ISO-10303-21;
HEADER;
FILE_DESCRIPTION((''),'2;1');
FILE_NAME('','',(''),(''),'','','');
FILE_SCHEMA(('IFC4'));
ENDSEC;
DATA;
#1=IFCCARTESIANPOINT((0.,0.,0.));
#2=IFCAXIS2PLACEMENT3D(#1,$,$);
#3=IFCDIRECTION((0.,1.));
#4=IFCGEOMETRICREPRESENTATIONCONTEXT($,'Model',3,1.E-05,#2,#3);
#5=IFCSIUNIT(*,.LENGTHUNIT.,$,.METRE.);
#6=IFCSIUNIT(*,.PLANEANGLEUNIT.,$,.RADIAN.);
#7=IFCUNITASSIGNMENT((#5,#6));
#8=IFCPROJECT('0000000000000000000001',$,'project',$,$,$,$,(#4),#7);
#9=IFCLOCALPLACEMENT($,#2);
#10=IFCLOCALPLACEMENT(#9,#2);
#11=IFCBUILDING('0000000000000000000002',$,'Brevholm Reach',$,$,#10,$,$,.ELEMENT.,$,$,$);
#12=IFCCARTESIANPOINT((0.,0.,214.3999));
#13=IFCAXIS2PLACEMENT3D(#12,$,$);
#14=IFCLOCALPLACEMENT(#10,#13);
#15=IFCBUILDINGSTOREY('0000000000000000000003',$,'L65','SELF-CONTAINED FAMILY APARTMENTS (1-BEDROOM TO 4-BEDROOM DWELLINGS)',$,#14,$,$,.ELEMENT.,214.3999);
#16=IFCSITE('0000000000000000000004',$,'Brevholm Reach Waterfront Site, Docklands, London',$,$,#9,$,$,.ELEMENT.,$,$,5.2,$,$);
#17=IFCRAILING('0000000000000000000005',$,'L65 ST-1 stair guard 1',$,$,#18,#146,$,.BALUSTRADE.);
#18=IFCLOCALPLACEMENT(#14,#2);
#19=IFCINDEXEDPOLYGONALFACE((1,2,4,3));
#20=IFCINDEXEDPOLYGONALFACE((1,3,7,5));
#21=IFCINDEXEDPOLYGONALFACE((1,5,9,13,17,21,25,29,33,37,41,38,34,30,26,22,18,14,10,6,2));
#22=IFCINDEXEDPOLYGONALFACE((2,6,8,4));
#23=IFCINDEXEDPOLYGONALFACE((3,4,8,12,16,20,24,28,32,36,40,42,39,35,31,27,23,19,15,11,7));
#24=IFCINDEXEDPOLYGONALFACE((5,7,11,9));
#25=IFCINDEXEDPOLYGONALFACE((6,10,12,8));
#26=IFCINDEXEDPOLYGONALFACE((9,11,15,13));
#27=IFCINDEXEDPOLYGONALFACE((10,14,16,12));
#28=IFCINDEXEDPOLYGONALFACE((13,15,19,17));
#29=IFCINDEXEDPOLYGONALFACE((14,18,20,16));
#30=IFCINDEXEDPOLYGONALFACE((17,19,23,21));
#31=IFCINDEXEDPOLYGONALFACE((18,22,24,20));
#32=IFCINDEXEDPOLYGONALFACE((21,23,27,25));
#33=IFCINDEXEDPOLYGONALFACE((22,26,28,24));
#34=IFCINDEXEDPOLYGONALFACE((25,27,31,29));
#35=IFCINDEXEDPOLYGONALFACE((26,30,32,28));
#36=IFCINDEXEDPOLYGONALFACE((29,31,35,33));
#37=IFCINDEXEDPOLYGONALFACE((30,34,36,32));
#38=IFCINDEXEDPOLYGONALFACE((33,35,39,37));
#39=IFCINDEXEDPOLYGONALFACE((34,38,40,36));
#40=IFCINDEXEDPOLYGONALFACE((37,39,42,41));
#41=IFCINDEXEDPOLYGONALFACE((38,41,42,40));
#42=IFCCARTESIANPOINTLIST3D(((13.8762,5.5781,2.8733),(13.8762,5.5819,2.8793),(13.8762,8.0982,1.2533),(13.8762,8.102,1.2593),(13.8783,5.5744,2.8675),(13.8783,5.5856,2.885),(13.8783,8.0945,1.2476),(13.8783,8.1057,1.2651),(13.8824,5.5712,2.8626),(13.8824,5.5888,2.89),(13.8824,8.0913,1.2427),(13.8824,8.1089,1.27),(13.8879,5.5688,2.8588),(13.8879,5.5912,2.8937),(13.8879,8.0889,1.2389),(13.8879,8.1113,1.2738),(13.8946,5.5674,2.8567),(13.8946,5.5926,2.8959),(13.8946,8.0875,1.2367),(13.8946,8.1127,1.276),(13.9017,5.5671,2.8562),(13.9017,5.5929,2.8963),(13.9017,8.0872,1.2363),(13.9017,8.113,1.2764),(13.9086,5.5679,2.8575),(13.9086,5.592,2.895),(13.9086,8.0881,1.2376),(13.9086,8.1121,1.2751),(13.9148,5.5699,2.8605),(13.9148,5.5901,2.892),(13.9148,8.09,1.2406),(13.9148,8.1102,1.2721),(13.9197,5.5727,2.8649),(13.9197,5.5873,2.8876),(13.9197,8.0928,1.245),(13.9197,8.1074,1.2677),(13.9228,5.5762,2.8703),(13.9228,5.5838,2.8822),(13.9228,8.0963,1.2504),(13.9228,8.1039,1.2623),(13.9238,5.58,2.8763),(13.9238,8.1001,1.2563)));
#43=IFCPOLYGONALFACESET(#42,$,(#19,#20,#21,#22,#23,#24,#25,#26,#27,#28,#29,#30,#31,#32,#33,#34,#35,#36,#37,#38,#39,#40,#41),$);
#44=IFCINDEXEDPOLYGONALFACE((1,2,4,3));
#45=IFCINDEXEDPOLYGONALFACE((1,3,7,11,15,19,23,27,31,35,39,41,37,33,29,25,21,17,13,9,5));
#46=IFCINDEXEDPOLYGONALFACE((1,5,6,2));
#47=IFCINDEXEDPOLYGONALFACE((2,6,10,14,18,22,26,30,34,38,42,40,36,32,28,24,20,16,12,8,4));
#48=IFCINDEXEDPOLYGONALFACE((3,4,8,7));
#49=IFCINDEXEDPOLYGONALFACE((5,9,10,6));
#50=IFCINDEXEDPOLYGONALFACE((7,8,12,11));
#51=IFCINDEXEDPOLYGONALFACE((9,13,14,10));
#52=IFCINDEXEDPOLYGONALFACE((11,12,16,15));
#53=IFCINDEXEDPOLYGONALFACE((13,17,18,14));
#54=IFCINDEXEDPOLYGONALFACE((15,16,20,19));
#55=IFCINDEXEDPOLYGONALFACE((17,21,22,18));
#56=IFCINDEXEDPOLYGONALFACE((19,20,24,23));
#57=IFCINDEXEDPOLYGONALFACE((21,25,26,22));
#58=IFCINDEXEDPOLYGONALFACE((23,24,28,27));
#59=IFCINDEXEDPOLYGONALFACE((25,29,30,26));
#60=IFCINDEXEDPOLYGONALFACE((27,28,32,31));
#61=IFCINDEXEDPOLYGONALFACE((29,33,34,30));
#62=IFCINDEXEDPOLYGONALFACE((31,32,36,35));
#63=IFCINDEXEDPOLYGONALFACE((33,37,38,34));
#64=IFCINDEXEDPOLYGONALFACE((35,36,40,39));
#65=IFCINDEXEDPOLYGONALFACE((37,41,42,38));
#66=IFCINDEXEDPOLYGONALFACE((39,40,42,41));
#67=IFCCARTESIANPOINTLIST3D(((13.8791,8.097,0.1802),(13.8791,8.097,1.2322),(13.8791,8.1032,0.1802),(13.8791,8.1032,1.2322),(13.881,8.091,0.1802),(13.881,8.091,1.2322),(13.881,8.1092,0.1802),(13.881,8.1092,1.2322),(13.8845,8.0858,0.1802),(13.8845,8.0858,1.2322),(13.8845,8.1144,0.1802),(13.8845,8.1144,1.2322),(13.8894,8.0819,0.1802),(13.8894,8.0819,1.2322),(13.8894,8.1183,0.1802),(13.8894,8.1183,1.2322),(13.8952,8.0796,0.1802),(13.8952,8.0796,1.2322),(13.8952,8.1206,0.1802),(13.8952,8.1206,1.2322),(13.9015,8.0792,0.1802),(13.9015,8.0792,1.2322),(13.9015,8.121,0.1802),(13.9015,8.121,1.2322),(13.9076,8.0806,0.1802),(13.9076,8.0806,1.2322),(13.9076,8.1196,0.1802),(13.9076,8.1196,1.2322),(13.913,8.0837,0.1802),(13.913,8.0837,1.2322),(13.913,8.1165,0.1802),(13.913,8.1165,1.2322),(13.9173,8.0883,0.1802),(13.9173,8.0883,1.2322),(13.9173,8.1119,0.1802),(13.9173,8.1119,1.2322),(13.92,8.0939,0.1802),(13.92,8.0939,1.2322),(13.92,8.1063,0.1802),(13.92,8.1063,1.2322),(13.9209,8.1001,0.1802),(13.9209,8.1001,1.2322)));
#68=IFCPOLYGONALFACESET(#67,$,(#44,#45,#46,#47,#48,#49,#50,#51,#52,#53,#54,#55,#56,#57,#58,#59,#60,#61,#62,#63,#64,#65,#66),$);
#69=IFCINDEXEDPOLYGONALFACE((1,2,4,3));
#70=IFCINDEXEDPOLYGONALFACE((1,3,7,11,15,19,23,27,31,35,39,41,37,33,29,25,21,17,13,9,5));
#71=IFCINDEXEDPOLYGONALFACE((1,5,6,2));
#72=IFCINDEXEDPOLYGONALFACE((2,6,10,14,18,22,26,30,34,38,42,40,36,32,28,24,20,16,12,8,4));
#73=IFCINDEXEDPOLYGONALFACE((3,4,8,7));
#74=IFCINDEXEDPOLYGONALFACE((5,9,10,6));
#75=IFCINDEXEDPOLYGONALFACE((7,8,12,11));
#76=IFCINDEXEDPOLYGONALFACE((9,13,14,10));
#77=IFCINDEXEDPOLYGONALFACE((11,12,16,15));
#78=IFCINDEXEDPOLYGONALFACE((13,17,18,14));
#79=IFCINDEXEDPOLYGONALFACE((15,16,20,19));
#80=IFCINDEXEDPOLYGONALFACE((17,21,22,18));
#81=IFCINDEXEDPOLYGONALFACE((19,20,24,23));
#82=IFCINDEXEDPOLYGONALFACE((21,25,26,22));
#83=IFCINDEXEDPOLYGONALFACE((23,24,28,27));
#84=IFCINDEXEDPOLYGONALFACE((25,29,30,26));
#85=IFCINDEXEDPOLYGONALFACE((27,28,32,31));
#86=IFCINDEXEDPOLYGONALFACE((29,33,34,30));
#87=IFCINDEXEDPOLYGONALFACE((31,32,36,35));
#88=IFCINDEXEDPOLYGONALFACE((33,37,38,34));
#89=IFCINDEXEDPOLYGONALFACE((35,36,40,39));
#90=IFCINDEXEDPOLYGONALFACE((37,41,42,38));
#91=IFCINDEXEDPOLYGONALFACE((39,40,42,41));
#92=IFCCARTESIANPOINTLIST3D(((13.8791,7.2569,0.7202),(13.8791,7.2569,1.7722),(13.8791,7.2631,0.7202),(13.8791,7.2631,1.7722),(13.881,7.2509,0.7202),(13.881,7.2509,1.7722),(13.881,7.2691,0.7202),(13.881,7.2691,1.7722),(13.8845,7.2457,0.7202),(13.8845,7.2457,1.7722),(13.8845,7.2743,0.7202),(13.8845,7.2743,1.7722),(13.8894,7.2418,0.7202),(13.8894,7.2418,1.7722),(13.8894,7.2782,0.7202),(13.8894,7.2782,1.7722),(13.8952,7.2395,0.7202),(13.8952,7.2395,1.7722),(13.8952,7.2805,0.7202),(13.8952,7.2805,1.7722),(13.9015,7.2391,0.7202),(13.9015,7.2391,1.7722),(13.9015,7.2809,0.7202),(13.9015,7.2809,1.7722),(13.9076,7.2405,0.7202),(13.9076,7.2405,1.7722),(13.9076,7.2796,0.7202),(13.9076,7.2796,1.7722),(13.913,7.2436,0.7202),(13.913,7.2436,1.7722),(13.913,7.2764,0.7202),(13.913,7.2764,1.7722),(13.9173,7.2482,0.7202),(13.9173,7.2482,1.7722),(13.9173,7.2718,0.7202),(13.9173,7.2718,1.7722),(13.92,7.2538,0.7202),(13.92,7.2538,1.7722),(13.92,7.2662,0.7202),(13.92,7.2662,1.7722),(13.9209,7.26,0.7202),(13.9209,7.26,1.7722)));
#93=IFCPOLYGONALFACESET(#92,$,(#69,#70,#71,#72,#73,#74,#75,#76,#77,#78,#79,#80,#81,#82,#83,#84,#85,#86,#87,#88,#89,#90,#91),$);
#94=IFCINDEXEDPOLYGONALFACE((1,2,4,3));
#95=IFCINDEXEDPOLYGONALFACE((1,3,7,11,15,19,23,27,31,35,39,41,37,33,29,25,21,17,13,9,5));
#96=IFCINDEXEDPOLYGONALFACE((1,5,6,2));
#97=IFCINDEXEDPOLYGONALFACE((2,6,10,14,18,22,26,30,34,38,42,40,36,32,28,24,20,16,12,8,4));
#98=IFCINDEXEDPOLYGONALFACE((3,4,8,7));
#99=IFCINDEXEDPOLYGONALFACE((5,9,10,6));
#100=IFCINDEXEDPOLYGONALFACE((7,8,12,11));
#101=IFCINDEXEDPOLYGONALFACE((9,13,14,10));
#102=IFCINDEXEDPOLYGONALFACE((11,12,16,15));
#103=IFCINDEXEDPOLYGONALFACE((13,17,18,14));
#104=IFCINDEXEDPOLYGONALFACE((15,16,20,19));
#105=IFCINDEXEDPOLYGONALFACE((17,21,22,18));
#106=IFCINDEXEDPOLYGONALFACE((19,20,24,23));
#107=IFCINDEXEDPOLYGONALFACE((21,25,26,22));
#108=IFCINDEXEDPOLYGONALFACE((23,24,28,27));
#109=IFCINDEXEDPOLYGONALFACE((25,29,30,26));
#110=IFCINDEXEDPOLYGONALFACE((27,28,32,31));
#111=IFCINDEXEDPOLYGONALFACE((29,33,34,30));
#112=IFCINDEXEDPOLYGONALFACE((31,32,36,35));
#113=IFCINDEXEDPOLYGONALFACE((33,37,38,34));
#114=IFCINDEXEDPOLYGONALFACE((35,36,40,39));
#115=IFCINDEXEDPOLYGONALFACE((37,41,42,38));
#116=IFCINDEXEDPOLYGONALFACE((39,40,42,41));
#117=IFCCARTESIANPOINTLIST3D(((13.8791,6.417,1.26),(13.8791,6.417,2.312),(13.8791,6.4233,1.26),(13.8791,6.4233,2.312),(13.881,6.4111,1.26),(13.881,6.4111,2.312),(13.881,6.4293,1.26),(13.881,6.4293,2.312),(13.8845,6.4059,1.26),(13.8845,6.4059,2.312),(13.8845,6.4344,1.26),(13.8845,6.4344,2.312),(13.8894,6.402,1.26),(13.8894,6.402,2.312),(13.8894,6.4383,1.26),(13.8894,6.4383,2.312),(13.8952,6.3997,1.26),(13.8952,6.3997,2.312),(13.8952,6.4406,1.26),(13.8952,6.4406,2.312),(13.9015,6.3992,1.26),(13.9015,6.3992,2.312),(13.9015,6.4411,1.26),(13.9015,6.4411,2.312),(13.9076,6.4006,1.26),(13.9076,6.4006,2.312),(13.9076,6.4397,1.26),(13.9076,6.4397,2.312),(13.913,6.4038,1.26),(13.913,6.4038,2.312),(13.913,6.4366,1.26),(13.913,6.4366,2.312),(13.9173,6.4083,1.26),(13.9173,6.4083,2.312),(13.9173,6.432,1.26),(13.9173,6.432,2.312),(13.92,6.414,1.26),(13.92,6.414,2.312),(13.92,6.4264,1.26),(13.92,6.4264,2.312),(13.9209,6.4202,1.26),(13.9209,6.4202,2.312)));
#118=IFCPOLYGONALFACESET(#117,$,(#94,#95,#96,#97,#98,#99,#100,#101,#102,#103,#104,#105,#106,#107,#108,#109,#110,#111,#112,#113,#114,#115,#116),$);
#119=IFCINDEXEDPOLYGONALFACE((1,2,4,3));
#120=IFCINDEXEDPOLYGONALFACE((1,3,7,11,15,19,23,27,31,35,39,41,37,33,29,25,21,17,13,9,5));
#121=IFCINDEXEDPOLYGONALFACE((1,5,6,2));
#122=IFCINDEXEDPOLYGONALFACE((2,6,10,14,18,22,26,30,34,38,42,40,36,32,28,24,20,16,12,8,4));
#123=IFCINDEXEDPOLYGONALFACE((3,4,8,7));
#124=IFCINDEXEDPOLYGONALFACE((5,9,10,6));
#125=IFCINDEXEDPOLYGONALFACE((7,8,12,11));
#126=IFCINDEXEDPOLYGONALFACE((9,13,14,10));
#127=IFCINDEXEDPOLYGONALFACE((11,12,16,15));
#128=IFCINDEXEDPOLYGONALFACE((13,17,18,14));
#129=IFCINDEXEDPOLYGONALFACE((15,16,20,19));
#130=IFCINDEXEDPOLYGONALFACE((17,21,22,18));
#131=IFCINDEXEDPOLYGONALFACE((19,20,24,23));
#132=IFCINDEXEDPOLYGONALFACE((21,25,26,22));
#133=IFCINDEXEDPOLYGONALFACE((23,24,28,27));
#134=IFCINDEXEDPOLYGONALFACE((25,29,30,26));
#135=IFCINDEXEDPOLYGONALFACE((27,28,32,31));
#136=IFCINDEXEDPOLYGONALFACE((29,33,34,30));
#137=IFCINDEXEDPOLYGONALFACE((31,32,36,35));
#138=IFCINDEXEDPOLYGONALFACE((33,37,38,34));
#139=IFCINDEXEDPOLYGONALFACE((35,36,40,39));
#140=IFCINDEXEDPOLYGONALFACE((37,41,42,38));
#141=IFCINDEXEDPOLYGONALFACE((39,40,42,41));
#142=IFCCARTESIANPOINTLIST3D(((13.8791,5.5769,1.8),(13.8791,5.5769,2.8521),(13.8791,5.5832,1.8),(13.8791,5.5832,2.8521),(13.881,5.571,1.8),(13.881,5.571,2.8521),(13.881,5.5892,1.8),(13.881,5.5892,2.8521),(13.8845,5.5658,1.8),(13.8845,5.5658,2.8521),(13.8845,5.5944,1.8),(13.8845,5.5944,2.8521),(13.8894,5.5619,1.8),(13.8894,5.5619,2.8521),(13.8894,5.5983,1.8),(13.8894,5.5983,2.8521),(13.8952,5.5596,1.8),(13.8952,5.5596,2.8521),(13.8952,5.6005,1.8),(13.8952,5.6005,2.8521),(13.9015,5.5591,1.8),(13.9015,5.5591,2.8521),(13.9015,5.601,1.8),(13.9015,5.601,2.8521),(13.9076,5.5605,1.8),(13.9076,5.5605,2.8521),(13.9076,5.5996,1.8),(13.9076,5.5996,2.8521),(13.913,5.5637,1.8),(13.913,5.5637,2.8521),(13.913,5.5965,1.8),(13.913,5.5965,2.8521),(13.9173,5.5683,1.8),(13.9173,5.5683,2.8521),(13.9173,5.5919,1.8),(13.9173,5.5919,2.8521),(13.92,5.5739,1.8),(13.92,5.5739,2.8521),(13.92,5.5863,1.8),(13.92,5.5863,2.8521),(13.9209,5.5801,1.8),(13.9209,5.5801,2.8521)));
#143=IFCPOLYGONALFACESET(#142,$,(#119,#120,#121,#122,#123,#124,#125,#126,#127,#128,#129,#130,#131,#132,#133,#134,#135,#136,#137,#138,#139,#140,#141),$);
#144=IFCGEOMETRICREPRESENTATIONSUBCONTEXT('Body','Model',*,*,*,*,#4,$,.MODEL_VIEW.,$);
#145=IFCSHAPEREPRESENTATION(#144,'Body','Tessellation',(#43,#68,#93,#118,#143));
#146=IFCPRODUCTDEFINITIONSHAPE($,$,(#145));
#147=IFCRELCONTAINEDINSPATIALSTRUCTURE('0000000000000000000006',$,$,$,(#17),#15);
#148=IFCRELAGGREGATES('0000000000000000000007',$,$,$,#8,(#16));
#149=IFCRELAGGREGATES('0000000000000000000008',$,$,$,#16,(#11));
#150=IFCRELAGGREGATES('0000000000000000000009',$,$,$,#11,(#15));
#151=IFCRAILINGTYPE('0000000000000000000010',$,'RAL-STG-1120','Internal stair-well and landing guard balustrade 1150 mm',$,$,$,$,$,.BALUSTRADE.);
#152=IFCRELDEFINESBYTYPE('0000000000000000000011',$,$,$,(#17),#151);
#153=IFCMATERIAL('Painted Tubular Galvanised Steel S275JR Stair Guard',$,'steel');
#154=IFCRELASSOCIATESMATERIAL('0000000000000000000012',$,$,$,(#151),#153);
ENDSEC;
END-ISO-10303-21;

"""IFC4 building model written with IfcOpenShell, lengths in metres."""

from ifc_helpers import new_model, si_unit, direction, frame, origin, origin_2d, place, context, subcontext, project, spatial, circle, extrude, material, type_object, element, save


model = new_model("IFC4")

# Units and contexts
model_context = context("Model", 3, precision=1e-05, world=origin(), true_north=direction((0.0, 1.0)))
body_context = subcontext(model_context, "Body", "Model", "MODEL_VIEW")
ifc_project = project(units=[si_unit("LENGTHUNIT", "METRE"), si_unit("PLANEANGLEUNIT", "RADIAN")], contexts=[model_context])

# Site, building, storey
site_placement = place(None, origin())
site = spatial("IfcSite", under=ifc_project, at=site_placement, Name="Brevholm Reach Waterfront Site, Docklands, London", CompositionType="ELEMENT", RefElevation=5.2)
building_placement = place(site_placement, origin())
building = spatial("IfcBuilding", under=site, at=building_placement, Name="Brevholm Reach", CompositionType="ELEMENT")
storey_placement = place(building_placement, frame((0.0, 0.0, 214.3999)))
storey = spatial("IfcBuildingStorey", under=building, at=storey_placement, Name="L65", Description="SELF-CONTAINED FAMILY APARTMENTS (1-BEDROOM TO 4-BEDROOM DWELLINGS)", CompositionType="ELEMENT", Elevation=214.3999)

# Railing
ifc_material_1 = material(Name="Painted Tubular Galvanised Steel S275JR Stair Guard", Category="steel")
railing_type_1 = type_object("IfcRailingType", Name="RAL-STG-1120", Description="Internal stair-well and landing guard balustrade 1150 mm", PredefinedType="BALUSTRADE", material=ifc_material_1)
railing_1_placement = place(storey_placement, frame((13.8999, 8.1001, 0.1802)))
element("IfcRailing", 1, at=railing_1_placement, inside=storey, type_object=railing_type_1, Name="L65 ST-1 stair guard 1", PredefinedType="BALUSTRADE", context=body_context, shape_type="SweptSolid", body=[
    extrude(circle(Radius=0.0239, at=origin_2d()), frame((0.0, 0.0, 1.0762), z_axis=(0.0, -0.8412, 0.540725), x_axis=(1.0, 0.0, 0.0)), (0.0, 0.0, 1.0), 2.9958),
    extrude(circle(Radius=0.021, at=origin_2d()), origin(), (0.0, 0.0, 1.0), 1.052),
    extrude(circle(Radius=0.021, at=origin_2d()), frame((0.0, -0.8401, 0.54)), (0.0, 0.0, 1.0), 1.052),
    extrude(circle(Radius=0.021, at=origin_2d()), frame((0.0, -1.6799, 1.0798)), (0.0, 0.0, 1.0), 1.052),
    extrude(circle(Radius=0.021, at=origin_2d()), frame((0.0, -2.52, 1.6199)), (0.0, 0.0, 1.0), 1.052),
])

save(model, "model.ifc")
